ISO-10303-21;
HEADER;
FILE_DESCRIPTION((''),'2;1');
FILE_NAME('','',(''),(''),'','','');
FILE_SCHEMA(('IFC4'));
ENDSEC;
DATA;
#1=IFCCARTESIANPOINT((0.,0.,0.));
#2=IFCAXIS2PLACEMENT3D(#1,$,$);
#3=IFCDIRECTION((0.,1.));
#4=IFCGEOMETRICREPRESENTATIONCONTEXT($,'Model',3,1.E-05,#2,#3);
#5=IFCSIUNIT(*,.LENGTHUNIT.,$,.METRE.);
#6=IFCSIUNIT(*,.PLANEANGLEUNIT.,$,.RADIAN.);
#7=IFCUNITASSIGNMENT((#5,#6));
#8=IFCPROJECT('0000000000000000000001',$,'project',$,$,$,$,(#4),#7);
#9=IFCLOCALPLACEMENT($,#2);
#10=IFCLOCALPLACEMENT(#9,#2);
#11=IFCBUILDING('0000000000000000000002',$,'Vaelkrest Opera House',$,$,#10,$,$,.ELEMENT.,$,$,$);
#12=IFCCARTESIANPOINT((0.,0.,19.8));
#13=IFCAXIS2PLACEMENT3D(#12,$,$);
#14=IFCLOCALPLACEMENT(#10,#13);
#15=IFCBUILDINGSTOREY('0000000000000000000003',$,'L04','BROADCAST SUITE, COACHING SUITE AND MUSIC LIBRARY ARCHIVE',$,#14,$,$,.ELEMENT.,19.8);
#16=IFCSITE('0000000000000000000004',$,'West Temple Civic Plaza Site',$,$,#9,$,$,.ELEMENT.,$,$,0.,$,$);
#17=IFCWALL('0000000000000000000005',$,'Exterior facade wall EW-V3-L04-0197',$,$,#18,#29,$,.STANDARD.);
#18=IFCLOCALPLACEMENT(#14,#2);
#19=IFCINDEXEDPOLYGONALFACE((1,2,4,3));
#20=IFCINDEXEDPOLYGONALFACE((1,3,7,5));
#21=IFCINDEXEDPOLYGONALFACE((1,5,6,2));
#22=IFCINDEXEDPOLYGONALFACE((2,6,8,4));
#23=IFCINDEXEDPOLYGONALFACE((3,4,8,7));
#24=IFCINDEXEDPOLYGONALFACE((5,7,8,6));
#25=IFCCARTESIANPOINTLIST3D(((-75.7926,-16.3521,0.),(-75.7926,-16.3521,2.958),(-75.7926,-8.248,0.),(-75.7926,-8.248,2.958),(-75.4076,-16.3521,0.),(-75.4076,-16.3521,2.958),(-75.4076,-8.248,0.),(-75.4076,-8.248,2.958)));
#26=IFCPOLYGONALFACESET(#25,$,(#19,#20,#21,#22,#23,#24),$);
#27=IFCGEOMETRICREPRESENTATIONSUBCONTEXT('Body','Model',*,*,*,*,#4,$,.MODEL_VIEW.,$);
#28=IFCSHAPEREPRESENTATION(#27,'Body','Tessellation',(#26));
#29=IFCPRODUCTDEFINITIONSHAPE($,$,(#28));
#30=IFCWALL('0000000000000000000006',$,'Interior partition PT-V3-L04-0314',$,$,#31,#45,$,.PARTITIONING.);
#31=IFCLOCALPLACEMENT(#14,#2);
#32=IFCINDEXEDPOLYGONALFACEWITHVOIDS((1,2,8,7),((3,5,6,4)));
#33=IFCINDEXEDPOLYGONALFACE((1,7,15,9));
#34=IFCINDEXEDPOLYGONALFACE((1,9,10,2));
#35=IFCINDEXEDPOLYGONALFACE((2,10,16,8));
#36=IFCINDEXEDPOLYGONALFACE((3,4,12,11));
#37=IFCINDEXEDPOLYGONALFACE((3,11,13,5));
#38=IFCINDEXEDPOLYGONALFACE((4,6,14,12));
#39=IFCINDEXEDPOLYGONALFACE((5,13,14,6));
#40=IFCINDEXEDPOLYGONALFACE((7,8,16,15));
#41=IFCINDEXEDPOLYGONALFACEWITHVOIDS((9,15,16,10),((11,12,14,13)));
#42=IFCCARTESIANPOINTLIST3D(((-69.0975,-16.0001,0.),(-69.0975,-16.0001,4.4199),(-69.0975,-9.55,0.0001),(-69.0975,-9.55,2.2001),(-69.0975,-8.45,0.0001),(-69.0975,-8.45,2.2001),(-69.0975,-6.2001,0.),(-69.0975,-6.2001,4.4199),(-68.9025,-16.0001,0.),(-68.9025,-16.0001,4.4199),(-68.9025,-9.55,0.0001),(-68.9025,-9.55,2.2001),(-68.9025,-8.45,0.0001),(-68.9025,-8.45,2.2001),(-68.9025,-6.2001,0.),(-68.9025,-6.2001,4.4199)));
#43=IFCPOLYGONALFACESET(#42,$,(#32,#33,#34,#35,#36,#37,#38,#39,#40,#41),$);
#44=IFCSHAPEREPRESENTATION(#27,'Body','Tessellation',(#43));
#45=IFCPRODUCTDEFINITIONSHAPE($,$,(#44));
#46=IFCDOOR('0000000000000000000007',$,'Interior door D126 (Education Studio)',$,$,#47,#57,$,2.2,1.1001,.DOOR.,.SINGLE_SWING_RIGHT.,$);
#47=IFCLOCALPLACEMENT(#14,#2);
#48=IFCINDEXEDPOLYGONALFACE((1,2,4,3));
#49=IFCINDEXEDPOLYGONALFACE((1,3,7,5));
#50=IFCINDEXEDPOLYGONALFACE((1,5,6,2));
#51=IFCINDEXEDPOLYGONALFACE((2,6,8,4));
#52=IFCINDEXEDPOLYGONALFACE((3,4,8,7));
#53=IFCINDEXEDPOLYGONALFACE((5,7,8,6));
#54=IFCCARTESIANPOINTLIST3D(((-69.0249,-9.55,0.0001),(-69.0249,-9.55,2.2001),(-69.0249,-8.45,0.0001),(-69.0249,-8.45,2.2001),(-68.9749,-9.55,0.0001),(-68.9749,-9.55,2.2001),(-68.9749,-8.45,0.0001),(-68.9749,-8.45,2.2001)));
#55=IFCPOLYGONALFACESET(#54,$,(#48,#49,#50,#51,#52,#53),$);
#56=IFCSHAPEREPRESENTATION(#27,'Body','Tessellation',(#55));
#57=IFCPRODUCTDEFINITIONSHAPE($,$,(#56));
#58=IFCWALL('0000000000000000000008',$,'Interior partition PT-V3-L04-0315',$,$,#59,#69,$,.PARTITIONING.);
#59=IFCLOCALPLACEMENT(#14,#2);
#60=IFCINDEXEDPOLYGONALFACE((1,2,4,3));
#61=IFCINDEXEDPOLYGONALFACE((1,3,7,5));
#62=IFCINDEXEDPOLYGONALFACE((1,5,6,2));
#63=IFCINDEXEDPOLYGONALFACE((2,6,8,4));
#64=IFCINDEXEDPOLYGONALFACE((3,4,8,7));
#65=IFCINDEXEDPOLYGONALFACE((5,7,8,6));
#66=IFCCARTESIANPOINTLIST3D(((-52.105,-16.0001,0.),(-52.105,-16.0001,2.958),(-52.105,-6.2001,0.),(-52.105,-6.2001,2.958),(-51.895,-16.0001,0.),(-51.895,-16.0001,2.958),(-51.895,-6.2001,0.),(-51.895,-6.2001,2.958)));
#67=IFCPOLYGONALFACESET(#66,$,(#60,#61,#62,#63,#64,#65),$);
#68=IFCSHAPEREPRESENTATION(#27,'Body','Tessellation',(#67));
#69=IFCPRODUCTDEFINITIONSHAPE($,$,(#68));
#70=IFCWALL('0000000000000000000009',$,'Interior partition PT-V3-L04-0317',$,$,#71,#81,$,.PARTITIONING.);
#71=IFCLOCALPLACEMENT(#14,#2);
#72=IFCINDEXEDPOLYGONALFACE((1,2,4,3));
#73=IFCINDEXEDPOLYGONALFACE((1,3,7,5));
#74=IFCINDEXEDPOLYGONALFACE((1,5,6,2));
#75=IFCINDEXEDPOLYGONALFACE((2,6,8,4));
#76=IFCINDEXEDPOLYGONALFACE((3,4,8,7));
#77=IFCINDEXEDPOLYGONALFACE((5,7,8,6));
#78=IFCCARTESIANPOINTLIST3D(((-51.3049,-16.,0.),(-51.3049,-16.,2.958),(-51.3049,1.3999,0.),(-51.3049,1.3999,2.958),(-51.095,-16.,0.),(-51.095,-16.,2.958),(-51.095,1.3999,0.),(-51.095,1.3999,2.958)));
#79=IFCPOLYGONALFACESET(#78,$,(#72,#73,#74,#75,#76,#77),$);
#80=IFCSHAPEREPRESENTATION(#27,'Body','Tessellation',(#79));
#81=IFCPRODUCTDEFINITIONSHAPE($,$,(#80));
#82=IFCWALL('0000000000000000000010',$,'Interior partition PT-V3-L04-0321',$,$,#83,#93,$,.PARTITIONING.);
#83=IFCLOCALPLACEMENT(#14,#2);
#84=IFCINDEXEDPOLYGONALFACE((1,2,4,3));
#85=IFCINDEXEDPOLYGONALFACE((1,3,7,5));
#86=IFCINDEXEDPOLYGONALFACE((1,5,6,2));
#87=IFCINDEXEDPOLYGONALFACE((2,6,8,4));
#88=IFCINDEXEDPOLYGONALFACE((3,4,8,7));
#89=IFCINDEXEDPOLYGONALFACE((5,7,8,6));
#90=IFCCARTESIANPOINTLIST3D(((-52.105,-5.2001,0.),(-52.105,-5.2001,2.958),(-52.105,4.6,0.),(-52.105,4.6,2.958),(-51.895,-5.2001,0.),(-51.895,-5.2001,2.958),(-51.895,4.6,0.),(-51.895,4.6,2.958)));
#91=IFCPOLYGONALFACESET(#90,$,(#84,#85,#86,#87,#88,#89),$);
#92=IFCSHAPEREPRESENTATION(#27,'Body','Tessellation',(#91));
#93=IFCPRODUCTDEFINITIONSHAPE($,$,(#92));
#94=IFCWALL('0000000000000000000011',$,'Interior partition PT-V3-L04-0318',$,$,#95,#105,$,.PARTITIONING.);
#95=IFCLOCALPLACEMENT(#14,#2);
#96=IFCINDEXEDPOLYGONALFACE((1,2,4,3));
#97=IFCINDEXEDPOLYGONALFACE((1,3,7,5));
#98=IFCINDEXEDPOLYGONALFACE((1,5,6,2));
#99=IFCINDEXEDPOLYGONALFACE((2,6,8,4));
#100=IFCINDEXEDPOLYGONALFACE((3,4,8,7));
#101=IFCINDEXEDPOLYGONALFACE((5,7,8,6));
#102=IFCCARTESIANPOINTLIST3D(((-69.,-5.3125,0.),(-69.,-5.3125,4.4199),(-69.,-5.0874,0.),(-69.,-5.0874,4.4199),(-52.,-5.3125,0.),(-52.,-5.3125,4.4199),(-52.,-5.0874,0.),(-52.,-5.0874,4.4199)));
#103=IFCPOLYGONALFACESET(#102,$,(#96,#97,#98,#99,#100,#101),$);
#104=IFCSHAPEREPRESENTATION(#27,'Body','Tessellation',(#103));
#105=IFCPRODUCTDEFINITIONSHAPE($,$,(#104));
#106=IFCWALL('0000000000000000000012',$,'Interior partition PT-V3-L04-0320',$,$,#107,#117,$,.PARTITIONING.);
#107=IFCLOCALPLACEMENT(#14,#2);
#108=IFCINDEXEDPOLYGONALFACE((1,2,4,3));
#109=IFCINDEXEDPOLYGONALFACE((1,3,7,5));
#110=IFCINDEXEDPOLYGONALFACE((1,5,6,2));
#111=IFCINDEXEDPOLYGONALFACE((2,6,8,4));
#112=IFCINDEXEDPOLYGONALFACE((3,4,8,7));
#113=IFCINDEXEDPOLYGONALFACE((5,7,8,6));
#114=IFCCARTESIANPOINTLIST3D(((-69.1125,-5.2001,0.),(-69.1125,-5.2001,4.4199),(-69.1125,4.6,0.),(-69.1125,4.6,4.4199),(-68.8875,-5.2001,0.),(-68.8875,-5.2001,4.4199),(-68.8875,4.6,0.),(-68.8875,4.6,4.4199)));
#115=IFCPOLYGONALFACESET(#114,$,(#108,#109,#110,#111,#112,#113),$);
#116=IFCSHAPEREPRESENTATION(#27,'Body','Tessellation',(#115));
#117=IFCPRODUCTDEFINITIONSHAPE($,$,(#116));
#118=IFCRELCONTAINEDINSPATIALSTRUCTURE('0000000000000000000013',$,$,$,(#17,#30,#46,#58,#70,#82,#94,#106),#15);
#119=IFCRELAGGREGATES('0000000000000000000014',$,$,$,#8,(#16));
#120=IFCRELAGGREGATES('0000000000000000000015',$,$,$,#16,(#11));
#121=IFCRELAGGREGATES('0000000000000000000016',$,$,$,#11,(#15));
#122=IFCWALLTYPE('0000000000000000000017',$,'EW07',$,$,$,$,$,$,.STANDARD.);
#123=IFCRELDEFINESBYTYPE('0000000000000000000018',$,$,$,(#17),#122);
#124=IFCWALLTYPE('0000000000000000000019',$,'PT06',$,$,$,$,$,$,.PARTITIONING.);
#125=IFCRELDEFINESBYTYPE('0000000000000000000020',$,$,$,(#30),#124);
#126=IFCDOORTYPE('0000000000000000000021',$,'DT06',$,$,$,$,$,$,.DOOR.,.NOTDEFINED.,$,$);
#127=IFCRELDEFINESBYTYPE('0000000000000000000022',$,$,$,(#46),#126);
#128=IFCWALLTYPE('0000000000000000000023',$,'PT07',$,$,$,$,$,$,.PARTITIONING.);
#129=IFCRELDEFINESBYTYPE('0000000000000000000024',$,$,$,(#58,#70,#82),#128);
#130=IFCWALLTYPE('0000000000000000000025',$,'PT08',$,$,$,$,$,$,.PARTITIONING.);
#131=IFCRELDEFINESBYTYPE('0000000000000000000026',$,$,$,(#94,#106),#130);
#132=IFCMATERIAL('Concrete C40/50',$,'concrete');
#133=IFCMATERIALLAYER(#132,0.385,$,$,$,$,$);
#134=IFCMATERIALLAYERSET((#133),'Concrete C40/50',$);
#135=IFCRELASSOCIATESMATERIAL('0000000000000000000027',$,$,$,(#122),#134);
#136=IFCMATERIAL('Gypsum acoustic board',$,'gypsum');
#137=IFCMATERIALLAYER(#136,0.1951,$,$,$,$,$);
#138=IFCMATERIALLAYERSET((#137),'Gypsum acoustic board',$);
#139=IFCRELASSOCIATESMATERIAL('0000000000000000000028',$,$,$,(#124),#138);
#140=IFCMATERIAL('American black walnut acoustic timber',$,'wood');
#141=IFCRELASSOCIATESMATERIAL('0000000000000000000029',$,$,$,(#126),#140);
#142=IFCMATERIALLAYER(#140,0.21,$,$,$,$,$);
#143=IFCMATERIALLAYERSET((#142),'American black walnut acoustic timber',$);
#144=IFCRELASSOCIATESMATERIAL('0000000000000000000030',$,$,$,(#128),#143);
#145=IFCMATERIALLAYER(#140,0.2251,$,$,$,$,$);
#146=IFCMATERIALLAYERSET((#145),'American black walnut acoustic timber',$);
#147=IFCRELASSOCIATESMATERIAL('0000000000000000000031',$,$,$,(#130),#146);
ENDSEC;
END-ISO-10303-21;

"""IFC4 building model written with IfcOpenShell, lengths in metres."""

from ifc_helpers import new_model, si_unit, direction, frame, frame_2d, origin, place, context, subcontext, project, spatial, rectangle, extrude, material, layer, layer_set, type_object, element, fill, save


model = new_model("IFC4")

# Units and contexts
model_context = context("Model", 3, precision=1e-05, world=origin(), true_north=direction((0.0, 1.0)))
body_context = subcontext(model_context, "Body", "Model", "MODEL_VIEW")
ifc_project = project(units=[si_unit("LENGTHUNIT", "METRE"), si_unit("PLANEANGLEUNIT", "RADIAN")], contexts=[model_context])

# Site, building, storey
site_placement = place(None, origin())
site = spatial("IfcSite", under=ifc_project, at=site_placement, Name="West Temple Civic Plaza Site", CompositionType="ELEMENT", RefElevation=0.0)
building_placement = place(site_placement, origin())
building = spatial("IfcBuilding", under=site, at=building_placement, Name="Vaelkrest Opera House", CompositionType="ELEMENT")
storey_placement = place(building_placement, frame((0.0, 0.0, 19.8)))
storey = spatial("IfcBuildingStorey", under=building, at=storey_placement, Name="L04", Description="BROADCAST SUITE, COACHING SUITE AND MUSIC LIBRARY ARCHIVE", CompositionType="ELEMENT", Elevation=19.8)

# Wall
ifc_material_1 = material(Name="American black walnut acoustic timber", Category="wood")
ifc_material_2 = material(Name="Concrete C40/50", Category="concrete")
ifc_layer_1 = layer(ifc_material_2, 0.385)
ifc_layer_set_1 = layer_set([ifc_layer_1], Name="Concrete C40/50")
wall_type_1 = type_object("IfcWallType", Name="EW07", PredefinedType="STANDARD", material=ifc_layer_set_1)
wall_1_placement = place(storey_placement, frame((-75.6001, -16.3521, 0.0), z_axis=(0.0, 0.0, 1.0), x_axis=(0.0, 1.0, 0.0)))
element("IfcWall", 1, at=wall_1_placement, inside=storey, type_object=wall_type_1, Name="Exterior facade wall EW-V3-L04-0197", PredefinedType="STANDARD", context=body_context, shape_type="SweptSolid", body=[
    extrude(rectangle(XDim=8.104, YDim=0.385, at=frame_2d((4.052, 0.0))), origin(), (0.0, 0.0, 1.0), 2.958),
])

# Wall, opening, door
ifc_material_3 = material(Name="Gypsum acoustic board", Category="gypsum")
ifc_layer_2 = layer(ifc_material_3, 0.1951)
ifc_layer_set_2 = layer_set([ifc_layer_2], Name="Gypsum acoustic board")
wall_type_2 = type_object("IfcWallType", Name="PT06", PredefinedType="PARTITIONING", material=ifc_layer_set_2)
wall_2_placement = place(storey_placement, frame((-69.0, -16.0, 0.0), z_axis=(0.0, 0.0, 1.0), x_axis=(0.0, 1.0, 0.0)))
wall_2 = element("IfcWall", 2, at=wall_2_placement, inside=storey, type_object=wall_type_2, Name="Interior partition PT-V3-L04-0314", PredefinedType="PARTITIONING", context=body_context, shape_type="SweptSolid", body=[
    extrude(rectangle(XDim=9.8, YDim=0.1951, at=frame_2d((4.8999, 0.0))), origin(), (0.0, 0.0, 1.0), 4.4199),
])
opening_placement = place(wall_2_placement, frame((6.45, 0.0, 0.0)))
opening = element("IfcOpeningElement", 3, at=opening_placement, cuts=wall_2, PredefinedType="OPENING", context=body_context, shape_type="SweptSolid", body=[
    extrude(rectangle(XDim=1.1001, YDim=2.2, at=frame_2d((0.55, 1.1001))), frame((0.0, 0.1074, 0.0), z_axis=(0.0, -1.0, 0.0), x_axis=(1.0, 0.0, 0.0)), (0.0, 0.0, 1.0), 0.2151),
])
door_type = type_object("IfcDoorType", Name="DT06", OperationType="NOTDEFINED", PredefinedType="DOOR", material=ifc_material_1)
door_placement = place(opening_placement, origin())
door = element("IfcDoor", 4, at=door_placement, inside=storey, type_object=door_type, Name="Interior door D126 (Education Studio)", OperationType="SINGLE_SWING_RIGHT", OverallHeight=2.2, OverallWidth=1.1001, PredefinedType="DOOR", context=body_context, shape_type="SweptSolid", body=[
    extrude(rectangle(XDim=1.1001, YDim=2.2, at=frame_2d((0.55, 1.1001))), frame((0.0, 0.0249, 0.0), z_axis=(0.0, -1.0, 0.0), x_axis=(1.0, 0.0, 0.0)), (0.0, 0.0, 1.0), 0.05),
])
fill(opening, door)

# Walls
ifc_layer_3 = layer(ifc_material_1, 0.21)
ifc_layer_set_3 = layer_set([ifc_layer_3], Name="American black walnut acoustic timber")
wall_type_3 = type_object("IfcWallType", Name="PT07", PredefinedType="PARTITIONING", material=ifc_layer_set_3)
wall_3_placement = place(storey_placement, frame((-52.0, -16.0, 0.0), z_axis=(0.0, 0.0, 1.0), x_axis=(0.0, 1.0, 0.0)))
element("IfcWall", 5, at=wall_3_placement, inside=storey, type_object=wall_type_3, Name="Interior partition PT-V3-L04-0315", PredefinedType="PARTITIONING", context=body_context, shape_type="SweptSolid", body=[
    extrude(rectangle(XDim=9.8, YDim=0.21, at=frame_2d((4.8999, 0.0))), origin(), (0.0, 0.0, 1.0), 2.958),
])
wall_4_placement = place(storey_placement, frame((-51.2, -16.0, 0.0), z_axis=(0.0, 0.0, 1.0), x_axis=(0.0, 1.0, 0.0)))
element("IfcWall", 6, at=wall_4_placement, inside=storey, type_object=wall_type_3, Name="Interior partition PT-V3-L04-0317", PredefinedType="PARTITIONING", context=body_context, shape_type="SweptSolid", body=[
    extrude(rectangle(XDim=17.3999, YDim=0.21, at=frame_2d((8.7, 0.0))), origin(), (0.0, 0.0, 1.0), 2.958),
])
wall_5_placement = place(storey_placement, frame((-52.0, -5.2, 0.0), z_axis=(0.0, 0.0, 1.0), x_axis=(0.0, 1.0, 0.0)))
element("IfcWall", 7, at=wall_5_placement, inside=storey, type_object=wall_type_3, Name="Interior partition PT-V3-L04-0321", PredefinedType="PARTITIONING", context=body_context, shape_type="SweptSolid", body=[
    extrude(rectangle(XDim=9.8, YDim=0.21, at=frame_2d((4.8999, 0.0))), origin(), (0.0, 0.0, 1.0), 2.958),
])
ifc_layer_4 = layer(ifc_material_1, 0.2251)
ifc_layer_set_4 = layer_set([ifc_layer_4], Name="American black walnut acoustic timber")
wall_type_4 = type_object("IfcWallType", Name="PT08", PredefinedType="PARTITIONING", material=ifc_layer_set_4)
wall_6_placement = place(storey_placement, frame((-69.0, -5.2, 0.0), z_axis=(0.0, 0.0, 1.0), x_axis=(1.0, 0.0, 0.0)))
element("IfcWall", 8, at=wall_6_placement, inside=storey, type_object=wall_type_4, Name="Interior partition PT-V3-L04-0318", PredefinedType="PARTITIONING", context=body_context, shape_type="SweptSolid", body=[
    extrude(rectangle(XDim=17.0, YDim=0.2251, at=frame_2d((8.5, 0.0))), origin(), (0.0, 0.0, 1.0), 4.4199),
])
wall_7_placement = place(storey_placement, frame((-69.0, -5.2, 0.0), z_axis=(0.0, 0.0, 1.0), x_axis=(0.0, 1.0, 0.0)))
element("IfcWall", 9, at=wall_7_placement, inside=storey, type_object=wall_type_4, Name="Interior partition PT-V3-L04-0320", PredefinedType="PARTITIONING", context=body_context, shape_type="SweptSolid", body=[
    extrude(rectangle(XDim=9.8, YDim=0.2251, at=frame_2d((4.8999, 0.0))), origin(), (0.0, 0.0, 1.0), 4.4199),
])

save(model, "model.ifc")
